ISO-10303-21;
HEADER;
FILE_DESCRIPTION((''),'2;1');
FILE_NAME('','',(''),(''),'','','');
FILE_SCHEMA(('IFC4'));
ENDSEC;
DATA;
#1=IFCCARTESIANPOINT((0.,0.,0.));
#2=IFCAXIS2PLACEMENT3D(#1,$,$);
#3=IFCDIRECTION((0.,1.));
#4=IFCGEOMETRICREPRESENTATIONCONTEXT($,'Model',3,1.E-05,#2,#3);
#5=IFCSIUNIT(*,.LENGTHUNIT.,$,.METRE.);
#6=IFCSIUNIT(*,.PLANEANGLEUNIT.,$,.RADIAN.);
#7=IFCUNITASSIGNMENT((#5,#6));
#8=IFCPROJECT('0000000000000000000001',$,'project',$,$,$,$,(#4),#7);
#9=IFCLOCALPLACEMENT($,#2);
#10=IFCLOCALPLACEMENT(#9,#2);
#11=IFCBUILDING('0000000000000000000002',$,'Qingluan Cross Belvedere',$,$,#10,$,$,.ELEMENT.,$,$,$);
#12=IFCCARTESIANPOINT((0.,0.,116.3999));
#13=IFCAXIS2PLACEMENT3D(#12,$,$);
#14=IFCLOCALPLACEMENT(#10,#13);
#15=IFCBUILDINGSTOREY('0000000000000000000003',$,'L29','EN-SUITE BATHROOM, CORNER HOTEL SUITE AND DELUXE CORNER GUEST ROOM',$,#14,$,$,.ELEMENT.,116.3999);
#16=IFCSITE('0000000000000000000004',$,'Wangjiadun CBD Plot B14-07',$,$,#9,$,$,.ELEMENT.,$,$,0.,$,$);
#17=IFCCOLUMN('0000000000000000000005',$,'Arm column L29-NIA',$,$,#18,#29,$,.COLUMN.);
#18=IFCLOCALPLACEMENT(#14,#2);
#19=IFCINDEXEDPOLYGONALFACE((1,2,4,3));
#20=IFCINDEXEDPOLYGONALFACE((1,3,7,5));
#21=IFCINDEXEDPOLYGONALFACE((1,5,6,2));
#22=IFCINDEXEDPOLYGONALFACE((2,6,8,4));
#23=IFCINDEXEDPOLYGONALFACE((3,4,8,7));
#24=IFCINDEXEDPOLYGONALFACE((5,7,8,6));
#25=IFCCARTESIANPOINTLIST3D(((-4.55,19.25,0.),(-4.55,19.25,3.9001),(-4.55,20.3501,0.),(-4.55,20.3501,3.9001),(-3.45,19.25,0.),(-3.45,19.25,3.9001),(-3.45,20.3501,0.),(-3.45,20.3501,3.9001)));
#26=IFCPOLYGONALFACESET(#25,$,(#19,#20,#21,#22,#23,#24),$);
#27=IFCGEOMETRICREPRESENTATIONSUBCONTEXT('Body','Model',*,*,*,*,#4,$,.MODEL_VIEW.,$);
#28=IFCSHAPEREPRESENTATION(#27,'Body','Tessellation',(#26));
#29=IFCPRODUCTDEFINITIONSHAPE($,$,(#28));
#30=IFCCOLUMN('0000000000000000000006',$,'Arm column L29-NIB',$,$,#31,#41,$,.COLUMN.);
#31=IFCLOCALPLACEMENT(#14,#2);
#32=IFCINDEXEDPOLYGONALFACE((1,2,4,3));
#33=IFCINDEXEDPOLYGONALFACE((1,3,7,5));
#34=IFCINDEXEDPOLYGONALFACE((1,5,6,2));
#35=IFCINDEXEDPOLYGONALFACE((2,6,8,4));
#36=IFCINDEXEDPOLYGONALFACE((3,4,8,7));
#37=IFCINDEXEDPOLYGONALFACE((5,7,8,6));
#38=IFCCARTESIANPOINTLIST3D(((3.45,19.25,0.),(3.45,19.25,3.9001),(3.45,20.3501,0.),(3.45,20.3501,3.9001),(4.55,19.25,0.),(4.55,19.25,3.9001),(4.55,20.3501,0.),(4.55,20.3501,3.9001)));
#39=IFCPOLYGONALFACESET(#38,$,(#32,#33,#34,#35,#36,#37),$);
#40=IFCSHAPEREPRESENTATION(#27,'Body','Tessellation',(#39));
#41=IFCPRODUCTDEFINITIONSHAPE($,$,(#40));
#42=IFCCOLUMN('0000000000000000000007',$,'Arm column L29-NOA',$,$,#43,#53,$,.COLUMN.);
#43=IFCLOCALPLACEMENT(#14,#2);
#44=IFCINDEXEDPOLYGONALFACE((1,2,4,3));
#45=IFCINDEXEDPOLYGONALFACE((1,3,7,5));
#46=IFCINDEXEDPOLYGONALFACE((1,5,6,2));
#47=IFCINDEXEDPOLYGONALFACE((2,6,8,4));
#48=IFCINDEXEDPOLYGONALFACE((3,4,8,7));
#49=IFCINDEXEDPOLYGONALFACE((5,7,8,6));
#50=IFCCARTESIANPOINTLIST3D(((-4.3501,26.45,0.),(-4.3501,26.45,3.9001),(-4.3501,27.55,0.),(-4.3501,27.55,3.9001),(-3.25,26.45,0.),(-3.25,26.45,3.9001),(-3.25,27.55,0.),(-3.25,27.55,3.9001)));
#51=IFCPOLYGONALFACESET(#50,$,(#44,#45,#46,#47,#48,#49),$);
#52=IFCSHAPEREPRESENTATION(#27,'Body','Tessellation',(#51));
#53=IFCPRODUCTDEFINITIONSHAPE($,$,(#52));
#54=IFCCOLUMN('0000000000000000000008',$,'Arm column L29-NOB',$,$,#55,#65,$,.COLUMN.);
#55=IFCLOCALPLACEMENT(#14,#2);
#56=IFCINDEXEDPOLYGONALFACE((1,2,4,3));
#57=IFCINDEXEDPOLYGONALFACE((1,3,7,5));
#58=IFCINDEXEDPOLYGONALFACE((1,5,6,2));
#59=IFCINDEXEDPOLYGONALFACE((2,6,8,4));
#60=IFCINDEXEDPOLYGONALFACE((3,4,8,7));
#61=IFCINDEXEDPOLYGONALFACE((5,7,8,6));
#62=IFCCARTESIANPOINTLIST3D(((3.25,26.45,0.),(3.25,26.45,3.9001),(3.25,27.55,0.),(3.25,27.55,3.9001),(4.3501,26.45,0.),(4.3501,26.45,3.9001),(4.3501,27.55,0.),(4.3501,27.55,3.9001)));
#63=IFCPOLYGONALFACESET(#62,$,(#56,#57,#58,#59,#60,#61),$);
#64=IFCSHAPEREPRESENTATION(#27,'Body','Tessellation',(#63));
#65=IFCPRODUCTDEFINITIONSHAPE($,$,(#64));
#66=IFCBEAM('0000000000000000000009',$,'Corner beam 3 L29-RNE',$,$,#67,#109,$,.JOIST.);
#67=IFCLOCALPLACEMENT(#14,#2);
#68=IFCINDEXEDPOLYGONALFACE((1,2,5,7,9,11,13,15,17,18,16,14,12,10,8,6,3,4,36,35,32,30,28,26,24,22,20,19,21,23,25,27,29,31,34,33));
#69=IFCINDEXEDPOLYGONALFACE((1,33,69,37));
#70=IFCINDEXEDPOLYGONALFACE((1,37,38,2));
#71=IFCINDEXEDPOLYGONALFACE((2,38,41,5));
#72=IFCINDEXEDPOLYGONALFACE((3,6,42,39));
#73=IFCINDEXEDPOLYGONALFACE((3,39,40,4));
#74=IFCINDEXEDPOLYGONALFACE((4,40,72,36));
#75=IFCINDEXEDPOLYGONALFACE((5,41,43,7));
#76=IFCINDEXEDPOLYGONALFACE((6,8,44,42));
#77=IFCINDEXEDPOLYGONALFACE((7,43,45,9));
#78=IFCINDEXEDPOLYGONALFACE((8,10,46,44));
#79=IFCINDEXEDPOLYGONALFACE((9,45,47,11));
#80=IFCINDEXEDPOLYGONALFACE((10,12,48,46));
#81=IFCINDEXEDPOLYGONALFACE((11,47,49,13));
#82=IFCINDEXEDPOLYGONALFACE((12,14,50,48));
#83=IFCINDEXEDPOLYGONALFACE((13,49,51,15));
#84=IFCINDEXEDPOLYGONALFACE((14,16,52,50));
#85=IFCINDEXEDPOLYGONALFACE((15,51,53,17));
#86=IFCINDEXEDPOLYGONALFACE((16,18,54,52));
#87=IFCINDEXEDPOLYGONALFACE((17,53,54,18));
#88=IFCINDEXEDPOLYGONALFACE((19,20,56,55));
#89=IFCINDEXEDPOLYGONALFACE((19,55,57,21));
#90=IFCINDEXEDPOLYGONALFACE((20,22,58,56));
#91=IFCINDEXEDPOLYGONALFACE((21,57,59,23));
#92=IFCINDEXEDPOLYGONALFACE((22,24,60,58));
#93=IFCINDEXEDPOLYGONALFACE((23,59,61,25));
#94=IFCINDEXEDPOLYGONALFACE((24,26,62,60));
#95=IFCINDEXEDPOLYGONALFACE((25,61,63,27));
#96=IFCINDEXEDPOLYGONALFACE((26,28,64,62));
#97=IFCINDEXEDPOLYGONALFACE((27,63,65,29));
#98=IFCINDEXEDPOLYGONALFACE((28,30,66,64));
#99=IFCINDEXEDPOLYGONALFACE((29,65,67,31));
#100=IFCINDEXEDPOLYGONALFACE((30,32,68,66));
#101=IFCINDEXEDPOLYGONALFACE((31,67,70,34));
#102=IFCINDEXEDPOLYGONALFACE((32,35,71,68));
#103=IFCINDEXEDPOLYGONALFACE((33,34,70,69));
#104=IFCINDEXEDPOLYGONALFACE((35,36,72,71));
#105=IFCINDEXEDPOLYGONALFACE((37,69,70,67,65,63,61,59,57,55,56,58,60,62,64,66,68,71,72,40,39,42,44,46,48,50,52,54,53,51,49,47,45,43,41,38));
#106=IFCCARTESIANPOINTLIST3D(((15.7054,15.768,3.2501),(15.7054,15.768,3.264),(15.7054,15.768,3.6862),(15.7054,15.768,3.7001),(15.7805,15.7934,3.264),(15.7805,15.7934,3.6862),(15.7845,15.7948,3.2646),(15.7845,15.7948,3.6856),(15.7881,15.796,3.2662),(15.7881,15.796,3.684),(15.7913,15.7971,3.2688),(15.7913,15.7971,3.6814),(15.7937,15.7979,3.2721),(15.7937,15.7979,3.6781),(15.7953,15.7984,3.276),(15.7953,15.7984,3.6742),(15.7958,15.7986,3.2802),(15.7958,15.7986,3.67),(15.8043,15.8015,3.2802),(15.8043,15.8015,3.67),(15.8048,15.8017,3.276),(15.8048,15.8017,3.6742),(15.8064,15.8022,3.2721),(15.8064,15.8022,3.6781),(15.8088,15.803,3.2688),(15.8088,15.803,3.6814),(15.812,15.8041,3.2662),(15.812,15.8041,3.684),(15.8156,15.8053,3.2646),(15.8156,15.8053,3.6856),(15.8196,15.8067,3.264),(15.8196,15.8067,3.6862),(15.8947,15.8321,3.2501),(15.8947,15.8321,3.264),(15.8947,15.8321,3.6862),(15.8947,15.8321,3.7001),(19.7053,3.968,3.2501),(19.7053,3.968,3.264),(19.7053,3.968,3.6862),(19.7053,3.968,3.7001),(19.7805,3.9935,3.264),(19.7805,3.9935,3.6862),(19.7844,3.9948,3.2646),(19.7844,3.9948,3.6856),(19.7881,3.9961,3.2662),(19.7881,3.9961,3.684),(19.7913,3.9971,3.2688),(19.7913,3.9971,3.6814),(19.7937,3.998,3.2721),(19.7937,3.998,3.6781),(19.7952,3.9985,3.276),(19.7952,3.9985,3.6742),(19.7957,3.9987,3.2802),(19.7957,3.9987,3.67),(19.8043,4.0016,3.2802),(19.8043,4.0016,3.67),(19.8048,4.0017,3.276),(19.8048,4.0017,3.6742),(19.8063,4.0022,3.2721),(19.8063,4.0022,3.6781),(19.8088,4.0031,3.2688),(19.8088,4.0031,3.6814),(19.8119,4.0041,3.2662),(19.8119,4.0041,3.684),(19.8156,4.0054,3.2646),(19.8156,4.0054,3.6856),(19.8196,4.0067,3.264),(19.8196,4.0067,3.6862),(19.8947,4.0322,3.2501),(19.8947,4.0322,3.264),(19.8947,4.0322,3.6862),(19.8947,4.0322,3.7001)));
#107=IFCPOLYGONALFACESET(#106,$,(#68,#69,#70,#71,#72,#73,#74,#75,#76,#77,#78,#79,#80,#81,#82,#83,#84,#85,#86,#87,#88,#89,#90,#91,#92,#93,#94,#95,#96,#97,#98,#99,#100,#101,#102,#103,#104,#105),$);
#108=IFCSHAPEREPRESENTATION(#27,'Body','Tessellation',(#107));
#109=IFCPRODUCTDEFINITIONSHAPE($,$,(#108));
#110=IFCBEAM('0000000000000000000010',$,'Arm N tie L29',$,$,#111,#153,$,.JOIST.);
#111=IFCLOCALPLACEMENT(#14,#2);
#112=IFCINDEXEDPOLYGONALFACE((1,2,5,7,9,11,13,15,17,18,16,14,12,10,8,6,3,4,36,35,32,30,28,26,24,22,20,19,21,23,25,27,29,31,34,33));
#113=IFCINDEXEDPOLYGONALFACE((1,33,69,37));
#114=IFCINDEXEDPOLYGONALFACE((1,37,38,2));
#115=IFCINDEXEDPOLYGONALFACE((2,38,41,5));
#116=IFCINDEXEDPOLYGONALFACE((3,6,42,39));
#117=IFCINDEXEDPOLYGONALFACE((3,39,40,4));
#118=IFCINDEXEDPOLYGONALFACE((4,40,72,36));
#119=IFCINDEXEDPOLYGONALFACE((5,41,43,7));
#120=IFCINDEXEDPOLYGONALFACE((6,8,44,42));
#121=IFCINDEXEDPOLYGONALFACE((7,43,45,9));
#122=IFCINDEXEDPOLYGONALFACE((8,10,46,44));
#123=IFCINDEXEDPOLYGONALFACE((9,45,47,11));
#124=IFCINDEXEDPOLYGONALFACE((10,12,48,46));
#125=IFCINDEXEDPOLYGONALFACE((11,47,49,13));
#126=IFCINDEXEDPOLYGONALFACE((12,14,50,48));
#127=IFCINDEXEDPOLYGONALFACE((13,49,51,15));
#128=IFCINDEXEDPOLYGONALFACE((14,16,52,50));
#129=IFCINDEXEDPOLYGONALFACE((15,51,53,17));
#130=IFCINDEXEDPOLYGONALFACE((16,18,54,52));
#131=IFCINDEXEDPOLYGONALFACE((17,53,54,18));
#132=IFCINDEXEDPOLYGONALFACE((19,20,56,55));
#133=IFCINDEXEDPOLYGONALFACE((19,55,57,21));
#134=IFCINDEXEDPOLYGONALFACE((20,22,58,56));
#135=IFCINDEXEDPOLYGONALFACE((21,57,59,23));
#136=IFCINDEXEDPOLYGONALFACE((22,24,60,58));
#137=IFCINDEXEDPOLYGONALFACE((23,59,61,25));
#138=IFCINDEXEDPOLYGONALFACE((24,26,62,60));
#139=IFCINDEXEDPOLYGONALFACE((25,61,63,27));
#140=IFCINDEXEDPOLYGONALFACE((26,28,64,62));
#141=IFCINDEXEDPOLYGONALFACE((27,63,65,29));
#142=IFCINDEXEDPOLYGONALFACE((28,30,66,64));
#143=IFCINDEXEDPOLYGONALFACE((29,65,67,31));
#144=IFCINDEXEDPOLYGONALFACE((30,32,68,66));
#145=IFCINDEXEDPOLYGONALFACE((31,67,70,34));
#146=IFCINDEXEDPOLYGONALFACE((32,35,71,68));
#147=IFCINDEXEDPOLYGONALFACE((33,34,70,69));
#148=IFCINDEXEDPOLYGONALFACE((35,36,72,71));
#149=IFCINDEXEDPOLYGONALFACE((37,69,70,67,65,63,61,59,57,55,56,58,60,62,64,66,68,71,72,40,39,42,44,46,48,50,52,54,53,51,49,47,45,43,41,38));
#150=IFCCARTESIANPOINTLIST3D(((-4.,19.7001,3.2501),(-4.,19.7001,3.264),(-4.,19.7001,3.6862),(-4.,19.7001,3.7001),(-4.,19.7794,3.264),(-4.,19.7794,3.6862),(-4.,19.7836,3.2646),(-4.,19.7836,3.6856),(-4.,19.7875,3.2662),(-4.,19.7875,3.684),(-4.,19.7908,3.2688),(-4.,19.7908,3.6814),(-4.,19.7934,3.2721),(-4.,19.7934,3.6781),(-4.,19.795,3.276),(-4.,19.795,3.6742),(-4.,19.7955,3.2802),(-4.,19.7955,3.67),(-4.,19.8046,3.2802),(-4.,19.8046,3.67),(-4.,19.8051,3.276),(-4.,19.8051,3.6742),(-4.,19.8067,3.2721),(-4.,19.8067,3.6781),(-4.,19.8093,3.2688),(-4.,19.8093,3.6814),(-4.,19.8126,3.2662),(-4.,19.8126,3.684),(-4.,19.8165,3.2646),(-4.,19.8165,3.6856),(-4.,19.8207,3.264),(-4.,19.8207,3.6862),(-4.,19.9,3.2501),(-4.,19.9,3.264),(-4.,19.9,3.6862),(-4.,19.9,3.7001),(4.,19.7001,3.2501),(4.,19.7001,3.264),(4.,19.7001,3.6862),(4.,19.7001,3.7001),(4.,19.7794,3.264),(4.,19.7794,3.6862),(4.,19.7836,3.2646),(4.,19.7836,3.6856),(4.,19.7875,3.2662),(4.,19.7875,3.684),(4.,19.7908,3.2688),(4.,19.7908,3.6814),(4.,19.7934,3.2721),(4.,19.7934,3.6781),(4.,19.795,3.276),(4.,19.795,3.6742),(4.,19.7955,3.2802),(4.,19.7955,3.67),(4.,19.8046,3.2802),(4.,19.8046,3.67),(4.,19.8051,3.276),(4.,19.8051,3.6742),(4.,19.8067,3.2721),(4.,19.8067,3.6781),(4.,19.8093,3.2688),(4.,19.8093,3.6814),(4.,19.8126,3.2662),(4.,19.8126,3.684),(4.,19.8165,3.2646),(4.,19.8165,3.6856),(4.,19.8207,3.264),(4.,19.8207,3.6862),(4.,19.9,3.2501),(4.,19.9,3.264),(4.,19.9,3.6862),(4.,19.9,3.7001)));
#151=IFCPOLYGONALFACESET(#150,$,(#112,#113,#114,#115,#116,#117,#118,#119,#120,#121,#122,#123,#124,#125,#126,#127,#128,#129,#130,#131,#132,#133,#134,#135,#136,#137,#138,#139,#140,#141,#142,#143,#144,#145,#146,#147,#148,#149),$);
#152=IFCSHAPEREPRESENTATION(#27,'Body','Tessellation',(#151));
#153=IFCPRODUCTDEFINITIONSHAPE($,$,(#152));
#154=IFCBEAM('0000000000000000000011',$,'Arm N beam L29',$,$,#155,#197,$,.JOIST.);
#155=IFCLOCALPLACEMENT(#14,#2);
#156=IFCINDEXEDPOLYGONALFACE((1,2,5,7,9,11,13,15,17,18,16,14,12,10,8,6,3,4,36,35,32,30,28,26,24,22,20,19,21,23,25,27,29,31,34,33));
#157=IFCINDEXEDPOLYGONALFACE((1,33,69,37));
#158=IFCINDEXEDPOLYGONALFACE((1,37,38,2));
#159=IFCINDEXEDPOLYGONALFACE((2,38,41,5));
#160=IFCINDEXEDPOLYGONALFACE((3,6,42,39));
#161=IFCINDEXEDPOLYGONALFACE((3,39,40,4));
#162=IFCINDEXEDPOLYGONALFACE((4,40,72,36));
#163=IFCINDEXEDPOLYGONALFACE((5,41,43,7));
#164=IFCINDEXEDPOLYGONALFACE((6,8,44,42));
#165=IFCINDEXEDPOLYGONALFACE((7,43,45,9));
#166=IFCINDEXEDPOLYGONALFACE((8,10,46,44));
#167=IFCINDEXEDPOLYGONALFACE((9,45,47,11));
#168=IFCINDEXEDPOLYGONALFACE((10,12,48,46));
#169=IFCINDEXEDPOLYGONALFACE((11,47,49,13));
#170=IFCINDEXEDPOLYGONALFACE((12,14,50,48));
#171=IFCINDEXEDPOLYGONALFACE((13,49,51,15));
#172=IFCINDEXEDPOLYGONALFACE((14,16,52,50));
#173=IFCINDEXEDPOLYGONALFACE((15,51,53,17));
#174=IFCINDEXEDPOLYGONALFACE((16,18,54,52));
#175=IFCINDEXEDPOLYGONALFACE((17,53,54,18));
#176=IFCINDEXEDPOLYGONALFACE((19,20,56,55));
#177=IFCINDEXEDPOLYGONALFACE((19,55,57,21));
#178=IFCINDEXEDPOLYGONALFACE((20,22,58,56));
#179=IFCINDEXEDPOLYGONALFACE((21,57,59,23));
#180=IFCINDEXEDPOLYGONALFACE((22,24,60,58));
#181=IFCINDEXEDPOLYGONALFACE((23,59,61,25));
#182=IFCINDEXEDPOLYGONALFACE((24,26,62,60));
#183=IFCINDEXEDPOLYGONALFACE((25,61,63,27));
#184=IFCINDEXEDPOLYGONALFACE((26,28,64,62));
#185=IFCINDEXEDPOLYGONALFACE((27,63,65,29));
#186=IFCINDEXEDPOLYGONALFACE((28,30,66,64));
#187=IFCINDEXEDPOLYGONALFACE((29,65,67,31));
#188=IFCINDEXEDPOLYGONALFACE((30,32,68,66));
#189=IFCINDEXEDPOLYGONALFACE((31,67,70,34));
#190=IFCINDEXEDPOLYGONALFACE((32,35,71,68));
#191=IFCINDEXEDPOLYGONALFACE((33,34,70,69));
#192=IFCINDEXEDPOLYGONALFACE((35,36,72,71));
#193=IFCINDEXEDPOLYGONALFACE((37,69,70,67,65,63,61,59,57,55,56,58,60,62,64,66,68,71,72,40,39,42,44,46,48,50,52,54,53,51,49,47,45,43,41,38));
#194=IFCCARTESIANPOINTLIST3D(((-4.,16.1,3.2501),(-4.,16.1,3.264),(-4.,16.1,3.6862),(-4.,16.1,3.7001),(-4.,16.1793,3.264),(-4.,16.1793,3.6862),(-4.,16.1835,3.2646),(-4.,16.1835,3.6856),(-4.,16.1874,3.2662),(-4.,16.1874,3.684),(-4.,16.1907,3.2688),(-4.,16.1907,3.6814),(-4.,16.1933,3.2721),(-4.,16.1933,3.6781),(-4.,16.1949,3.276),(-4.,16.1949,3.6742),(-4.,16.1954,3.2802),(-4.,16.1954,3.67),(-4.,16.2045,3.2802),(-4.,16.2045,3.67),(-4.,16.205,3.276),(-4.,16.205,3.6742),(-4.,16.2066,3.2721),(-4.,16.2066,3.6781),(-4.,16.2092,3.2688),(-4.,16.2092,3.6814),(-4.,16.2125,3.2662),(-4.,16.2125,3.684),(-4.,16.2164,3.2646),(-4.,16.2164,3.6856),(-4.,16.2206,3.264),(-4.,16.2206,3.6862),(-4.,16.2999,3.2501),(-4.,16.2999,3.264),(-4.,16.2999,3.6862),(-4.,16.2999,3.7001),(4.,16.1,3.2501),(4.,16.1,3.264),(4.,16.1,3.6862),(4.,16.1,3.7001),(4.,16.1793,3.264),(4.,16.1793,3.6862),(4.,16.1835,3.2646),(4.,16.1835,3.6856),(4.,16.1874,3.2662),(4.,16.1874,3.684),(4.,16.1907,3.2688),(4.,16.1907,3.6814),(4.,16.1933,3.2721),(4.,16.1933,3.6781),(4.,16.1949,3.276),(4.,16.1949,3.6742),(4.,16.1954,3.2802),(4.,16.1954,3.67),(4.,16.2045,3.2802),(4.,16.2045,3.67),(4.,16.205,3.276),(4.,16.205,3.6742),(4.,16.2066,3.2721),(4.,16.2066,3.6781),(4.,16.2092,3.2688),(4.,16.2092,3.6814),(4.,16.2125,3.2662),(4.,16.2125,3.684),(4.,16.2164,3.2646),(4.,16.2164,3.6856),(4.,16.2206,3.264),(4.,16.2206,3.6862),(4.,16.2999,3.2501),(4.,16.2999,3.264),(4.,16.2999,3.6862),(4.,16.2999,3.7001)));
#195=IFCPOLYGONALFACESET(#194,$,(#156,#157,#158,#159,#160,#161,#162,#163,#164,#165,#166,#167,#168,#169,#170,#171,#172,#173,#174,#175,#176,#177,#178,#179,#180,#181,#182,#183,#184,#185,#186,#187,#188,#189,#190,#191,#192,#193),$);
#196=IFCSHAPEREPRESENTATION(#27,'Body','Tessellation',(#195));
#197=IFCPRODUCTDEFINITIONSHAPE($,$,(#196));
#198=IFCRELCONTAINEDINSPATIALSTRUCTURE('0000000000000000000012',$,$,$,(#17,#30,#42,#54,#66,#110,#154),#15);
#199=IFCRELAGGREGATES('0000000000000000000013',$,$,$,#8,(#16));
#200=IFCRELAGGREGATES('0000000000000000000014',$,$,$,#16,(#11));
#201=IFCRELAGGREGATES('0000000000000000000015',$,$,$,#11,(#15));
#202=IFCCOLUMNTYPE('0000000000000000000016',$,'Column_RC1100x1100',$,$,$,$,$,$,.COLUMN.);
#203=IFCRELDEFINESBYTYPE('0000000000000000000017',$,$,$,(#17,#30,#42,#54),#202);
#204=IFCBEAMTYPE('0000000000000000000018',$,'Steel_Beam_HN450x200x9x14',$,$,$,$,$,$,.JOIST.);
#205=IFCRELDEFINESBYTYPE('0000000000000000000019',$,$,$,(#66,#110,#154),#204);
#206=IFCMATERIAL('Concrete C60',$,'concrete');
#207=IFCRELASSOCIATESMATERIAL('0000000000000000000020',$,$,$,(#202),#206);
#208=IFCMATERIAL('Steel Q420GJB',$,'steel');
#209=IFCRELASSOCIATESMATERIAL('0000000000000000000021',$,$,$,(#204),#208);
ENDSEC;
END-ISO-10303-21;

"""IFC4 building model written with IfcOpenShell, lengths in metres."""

from ifc_helpers import new_model, si_unit, direction, frame, origin, origin_2d, place, context, subcontext, project, spatial, rectangle, i_section, extrude, material, material_profile, profile_set, type_object, element, save


model = new_model("IFC4")

# Units and contexts
model_context = context("Model", 3, precision=1e-05, world=origin(), true_north=direction((0.0, 1.0)))
body_context = subcontext(model_context, "Body", "Model", "MODEL_VIEW")
ifc_project = project(units=[si_unit("LENGTHUNIT", "METRE"), si_unit("PLANEANGLEUNIT", "RADIAN")], contexts=[model_context])

# Site, building, storey
site_placement = place(None, origin())
site = spatial("IfcSite", under=ifc_project, at=site_placement, Name="Wangjiadun CBD Plot B14-07", CompositionType="ELEMENT", RefElevation=0.0)
building_placement = place(site_placement, origin())
building = spatial("IfcBuilding", under=site, at=building_placement, Name="Qingluan Cross Belvedere", CompositionType="ELEMENT")
storey_placement = place(building_placement, frame((0.0, 0.0, 116.3999)))
storey = spatial("IfcBuildingStorey", under=building, at=storey_placement, Name="L29", Description="EN-SUITE BATHROOM, CORNER HOTEL SUITE AND DELUXE CORNER GUEST ROOM", CompositionType="ELEMENT", Elevation=116.3999)

# Columns
ifc_material_1 = material(Name="Concrete C60", Category="concrete")
ifc_material_profile_1 = material_profile(ifc_material_1, rectangle(XDim=1.1001, YDim=1.1001, at=origin_2d()), Name="RC1100x1100")
ifc_profile_set_1 = profile_set([ifc_material_profile_1], Name="Concrete C60")
column_type = type_object("IfcColumnType", Name="Column_RC1100x1100", PredefinedType="COLUMN", material=ifc_profile_set_1)
for number, where, z_axis, x_axis, name in (
    (1, (-4.0, 19.8, 0.0), (0.0, 0.0, 1.0), (1.0, 0.0, 0.0), "Arm column L29-NIA"),
    (2, (4.0, 19.8, 0.0), (0.0, 0.0, 1.0), (1.0, 0.0, 0.0), "Arm column L29-NIB"),
    (3, (-3.8, 27.0, 0.0), (0.0, 0.0, 1.0), (1.0, 0.0, 0.0), "Arm column L29-NOA"),
    (4, (3.8, 27.0, 0.0), (0.0, 0.0, 1.0), (1.0, 0.0, 0.0), "Arm column L29-NOB"),
):
    element("IfcColumn", number, at=place(storey_placement, frame(where, z_axis=z_axis, x_axis=x_axis)), inside=storey, type_object=column_type, Name=name, PredefinedType="COLUMN", context=body_context, shape_type="SweptSolid", body=[
        extrude(rectangle(XDim=1.1001, YDim=1.1001, at=origin_2d()), origin(), (0.0, 0.0, 1.0), 3.9001),
    ])

# Beams
ifc_material_2 = material(Name="Steel Q420GJB", Category="steel")
ifc_material_profile_2 = material_profile(ifc_material_2, i_section(OverallWidth=0.2, OverallDepth=0.45, WebThickness=0.009, FlangeThickness=0.0139, FilletRadius=0.0161, at=origin_2d()), Name="HN450x200x9x14")
ifc_profile_set_2 = profile_set([ifc_material_profile_2], Name="Steel Q420GJB")
beam_type_1 = type_object("IfcBeamType", Name="Steel_Beam_HN450x200x9x14", PredefinedType="JOIST", material=ifc_profile_set_2)
beam_1_placement = place(storey_placement, frame((15.8, 15.8, 3.4751), z_axis=(0.321038, -0.947066, 0.0), x_axis=(0.947066, 0.321038, 0.0)))
element("IfcBeam", 5, at=beam_1_placement, inside=storey, type_object=beam_type_1, Name="Corner beam 3 L29-RNE", PredefinedType="JOIST", context=body_context, shape_type="SweptSolid", body=[
    extrude(i_section(OverallWidth=0.2, OverallDepth=0.45, WebThickness=0.009, FlangeThickness=0.0139, FilletRadius=0.0161, at=origin_2d()), origin(), (0.0, 0.0, 1.0), 12.4595),
])
for number, where, z_axis, x_axis, name in (
    (6, (-4.0, 19.8, 3.4751), (1.0, 0.0, 0.0), (0.0, 1.0, 0.0), "Arm N tie L29"),
    (7, (-4.0, 16.2, 3.4751), (1.0, 0.0, 0.0), (0.0, 1.0, 0.0), "Arm N beam L29"),
):
    element("IfcBeam", number, at=place(storey_placement, frame(where, z_axis=z_axis, x_axis=x_axis)), inside=storey, type_object=beam_type_1, Name=name, PredefinedType="JOIST", context=body_context, shape_type="SweptSolid", body=[
        extrude(i_section(OverallWidth=0.2, OverallDepth=0.45, WebThickness=0.009, FlangeThickness=0.0139, FilletRadius=0.0161, at=origin_2d()), origin(), (0.0, 0.0, 1.0), 8.0),
    ])

save(model, "model.ifc")
